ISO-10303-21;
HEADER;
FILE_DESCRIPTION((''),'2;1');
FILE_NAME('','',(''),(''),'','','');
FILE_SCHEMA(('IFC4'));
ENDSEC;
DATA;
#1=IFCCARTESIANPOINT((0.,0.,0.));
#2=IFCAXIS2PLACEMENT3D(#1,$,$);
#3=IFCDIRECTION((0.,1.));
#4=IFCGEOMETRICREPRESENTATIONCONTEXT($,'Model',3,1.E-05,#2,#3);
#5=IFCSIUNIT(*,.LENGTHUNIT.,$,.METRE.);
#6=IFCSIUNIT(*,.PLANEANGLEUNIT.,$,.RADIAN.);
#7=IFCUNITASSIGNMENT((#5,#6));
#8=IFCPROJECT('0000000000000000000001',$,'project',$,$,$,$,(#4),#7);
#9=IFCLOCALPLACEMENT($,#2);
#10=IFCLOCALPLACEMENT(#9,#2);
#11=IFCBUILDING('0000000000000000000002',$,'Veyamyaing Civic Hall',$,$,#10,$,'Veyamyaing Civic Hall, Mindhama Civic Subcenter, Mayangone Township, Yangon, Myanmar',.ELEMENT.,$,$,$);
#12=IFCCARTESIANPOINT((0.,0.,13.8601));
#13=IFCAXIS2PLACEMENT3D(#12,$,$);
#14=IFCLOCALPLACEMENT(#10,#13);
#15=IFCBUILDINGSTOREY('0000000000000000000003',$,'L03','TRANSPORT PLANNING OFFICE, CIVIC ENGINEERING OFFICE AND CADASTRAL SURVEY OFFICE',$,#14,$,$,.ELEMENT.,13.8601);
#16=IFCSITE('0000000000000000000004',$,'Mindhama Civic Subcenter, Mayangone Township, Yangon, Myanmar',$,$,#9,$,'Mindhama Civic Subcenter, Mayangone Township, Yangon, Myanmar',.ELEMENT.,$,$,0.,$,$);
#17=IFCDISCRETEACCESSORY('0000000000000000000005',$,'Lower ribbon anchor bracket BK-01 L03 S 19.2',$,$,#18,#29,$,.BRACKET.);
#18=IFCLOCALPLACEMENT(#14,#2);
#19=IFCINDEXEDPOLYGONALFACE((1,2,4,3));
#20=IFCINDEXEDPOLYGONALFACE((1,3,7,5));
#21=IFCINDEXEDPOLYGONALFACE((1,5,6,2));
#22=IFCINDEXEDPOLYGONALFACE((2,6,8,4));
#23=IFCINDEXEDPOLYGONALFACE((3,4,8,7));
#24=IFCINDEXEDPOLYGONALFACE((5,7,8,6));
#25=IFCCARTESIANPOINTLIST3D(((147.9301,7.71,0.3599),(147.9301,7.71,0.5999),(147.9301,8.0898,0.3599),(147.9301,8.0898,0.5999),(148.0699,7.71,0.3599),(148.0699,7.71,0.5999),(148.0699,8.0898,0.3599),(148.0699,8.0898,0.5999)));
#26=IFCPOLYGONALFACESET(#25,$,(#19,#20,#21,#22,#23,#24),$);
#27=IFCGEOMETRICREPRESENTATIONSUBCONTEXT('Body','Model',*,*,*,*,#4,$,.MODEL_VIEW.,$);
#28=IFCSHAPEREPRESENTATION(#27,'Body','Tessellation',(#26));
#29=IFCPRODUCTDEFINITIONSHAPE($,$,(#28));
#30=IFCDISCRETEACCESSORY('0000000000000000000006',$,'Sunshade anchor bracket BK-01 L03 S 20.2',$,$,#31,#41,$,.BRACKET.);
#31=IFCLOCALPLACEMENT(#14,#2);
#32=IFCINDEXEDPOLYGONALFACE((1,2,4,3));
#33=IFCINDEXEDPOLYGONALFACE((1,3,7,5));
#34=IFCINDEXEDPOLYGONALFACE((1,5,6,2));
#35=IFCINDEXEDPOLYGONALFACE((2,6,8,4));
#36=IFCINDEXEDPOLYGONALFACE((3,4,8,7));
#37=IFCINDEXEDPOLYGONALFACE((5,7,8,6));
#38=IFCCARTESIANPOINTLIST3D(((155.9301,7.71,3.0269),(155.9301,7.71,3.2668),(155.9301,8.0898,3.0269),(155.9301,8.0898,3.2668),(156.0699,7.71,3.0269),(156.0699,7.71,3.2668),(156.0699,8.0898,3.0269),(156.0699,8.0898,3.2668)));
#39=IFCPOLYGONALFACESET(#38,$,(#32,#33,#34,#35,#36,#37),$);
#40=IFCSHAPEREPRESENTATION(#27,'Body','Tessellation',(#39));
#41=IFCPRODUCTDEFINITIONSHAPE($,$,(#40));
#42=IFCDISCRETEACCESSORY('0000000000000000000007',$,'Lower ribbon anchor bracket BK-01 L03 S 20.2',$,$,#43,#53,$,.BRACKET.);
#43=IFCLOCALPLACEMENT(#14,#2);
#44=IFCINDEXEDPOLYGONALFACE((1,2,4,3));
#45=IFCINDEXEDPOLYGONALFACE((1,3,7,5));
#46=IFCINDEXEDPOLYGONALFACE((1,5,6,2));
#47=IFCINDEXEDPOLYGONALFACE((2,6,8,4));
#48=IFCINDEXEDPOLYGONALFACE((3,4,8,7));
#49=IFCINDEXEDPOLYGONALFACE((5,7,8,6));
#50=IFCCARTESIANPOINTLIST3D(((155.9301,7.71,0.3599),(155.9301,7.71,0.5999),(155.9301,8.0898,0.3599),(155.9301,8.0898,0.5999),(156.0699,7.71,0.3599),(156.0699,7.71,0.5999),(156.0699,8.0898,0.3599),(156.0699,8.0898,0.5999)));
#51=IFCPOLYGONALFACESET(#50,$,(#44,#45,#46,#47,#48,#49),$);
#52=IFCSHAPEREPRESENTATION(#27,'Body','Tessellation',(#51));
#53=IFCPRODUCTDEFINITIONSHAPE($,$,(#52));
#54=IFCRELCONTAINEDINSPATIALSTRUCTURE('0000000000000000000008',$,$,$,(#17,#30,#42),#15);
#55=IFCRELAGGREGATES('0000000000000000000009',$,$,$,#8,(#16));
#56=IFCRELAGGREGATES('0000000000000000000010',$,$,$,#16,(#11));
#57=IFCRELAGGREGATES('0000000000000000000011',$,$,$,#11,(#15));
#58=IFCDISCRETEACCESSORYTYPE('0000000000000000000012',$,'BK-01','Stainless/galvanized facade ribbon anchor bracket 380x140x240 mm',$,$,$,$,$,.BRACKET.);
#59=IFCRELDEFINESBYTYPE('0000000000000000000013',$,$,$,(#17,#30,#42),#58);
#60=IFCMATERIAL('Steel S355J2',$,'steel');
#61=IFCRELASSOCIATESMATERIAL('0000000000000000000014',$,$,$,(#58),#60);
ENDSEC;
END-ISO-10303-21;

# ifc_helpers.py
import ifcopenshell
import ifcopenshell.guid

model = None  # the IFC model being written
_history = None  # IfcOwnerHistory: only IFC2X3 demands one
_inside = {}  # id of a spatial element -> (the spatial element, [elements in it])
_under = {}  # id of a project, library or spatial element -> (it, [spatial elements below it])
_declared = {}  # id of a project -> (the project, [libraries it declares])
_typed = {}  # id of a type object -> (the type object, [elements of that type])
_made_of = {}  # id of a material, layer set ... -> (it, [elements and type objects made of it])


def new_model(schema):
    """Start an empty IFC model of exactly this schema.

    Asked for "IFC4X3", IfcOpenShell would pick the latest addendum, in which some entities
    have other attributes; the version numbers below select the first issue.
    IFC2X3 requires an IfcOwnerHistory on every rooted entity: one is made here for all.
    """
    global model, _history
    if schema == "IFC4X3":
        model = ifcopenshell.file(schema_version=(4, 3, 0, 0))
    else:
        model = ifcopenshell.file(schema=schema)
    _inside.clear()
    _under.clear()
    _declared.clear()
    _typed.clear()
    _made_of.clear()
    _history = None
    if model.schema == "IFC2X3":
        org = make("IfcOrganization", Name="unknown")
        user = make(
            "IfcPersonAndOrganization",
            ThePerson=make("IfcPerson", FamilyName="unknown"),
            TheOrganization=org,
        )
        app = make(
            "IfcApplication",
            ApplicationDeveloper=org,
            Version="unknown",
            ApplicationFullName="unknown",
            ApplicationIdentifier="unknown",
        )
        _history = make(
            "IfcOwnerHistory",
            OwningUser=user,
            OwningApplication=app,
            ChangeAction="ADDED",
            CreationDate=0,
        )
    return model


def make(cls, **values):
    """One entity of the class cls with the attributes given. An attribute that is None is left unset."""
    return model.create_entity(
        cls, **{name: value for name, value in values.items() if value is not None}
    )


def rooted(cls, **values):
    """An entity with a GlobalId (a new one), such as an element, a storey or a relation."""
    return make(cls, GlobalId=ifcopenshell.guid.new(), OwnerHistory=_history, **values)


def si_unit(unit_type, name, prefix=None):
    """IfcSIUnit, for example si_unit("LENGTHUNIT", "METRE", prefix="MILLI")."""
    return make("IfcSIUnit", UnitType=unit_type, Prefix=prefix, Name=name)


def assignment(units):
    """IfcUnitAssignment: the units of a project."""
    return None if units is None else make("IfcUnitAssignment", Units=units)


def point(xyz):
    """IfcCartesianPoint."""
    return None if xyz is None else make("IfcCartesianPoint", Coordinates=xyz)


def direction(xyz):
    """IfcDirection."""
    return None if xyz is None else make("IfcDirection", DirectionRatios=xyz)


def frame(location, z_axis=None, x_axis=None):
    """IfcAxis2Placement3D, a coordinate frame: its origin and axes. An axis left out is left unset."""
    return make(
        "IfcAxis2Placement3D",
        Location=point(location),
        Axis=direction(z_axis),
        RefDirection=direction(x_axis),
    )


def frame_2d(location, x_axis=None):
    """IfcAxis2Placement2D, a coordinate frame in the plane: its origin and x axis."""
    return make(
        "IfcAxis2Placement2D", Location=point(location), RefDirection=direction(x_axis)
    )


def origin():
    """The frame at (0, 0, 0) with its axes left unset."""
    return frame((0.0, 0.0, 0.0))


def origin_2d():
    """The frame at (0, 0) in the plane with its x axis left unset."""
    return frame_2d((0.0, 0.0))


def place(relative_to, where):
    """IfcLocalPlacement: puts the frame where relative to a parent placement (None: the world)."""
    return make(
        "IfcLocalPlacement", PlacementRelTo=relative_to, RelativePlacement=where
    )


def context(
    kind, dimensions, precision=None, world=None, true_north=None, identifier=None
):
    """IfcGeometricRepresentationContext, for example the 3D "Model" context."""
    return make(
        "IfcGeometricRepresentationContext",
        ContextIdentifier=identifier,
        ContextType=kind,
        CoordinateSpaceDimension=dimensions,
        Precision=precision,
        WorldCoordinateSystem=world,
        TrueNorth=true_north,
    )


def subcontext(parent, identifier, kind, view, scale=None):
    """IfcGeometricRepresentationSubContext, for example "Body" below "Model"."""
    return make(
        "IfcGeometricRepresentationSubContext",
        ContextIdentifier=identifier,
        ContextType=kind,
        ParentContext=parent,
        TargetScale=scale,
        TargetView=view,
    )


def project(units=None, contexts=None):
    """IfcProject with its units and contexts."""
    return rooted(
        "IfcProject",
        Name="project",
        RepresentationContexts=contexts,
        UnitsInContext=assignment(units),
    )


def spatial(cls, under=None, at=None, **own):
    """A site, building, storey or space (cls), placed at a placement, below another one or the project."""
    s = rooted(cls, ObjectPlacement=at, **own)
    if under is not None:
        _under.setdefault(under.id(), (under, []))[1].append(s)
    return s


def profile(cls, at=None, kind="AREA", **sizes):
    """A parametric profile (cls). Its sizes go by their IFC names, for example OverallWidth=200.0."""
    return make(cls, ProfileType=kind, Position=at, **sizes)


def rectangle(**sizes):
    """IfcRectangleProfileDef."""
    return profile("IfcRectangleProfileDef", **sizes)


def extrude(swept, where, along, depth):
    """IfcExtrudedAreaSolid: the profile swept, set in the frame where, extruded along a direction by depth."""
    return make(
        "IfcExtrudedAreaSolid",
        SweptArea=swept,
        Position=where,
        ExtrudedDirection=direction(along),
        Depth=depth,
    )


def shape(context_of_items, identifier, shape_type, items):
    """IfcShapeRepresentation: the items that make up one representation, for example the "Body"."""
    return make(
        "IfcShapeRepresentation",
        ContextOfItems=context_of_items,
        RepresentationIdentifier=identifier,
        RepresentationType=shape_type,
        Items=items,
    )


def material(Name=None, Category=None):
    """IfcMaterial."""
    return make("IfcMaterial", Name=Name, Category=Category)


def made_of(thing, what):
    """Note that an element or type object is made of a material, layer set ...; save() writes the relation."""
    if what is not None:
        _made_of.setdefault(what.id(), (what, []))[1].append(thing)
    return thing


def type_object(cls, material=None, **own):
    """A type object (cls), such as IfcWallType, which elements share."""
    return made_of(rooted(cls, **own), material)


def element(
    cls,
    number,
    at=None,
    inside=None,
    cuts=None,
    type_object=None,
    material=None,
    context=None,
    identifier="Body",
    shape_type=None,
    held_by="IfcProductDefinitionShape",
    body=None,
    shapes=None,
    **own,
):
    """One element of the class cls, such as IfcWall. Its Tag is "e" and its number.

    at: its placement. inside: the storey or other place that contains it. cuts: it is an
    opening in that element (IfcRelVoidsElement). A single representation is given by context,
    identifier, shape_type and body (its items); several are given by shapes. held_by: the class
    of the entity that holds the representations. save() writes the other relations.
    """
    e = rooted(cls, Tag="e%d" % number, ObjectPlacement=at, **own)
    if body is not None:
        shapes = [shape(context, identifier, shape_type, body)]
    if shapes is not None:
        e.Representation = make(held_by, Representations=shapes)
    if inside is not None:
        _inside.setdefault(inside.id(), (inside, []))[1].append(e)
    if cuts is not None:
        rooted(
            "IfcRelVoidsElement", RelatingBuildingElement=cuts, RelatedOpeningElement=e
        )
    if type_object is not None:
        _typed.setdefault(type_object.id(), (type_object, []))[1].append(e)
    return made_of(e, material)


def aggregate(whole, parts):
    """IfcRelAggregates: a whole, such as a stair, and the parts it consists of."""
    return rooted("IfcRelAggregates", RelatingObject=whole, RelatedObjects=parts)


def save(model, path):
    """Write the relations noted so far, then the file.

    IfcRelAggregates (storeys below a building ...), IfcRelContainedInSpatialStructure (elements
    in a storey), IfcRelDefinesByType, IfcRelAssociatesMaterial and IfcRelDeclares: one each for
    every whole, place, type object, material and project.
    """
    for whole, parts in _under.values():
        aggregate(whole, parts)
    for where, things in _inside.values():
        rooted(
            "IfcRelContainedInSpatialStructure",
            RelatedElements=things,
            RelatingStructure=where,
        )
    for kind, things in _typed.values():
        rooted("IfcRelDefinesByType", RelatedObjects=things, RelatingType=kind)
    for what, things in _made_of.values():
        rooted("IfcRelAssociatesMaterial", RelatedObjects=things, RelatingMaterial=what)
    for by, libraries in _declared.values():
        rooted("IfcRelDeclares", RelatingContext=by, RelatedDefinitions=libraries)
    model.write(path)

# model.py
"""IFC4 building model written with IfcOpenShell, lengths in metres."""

from ifc_helpers import new_model, si_unit, direction, frame, origin, origin_2d, place, context, subcontext, project, spatial, rectangle, extrude, material, type_object, element, save


model = new_model("IFC4")

# Units and contexts
model_context = context("Model", 3, precision=1e-05, world=origin(), true_north=direction((0.0, 1.0)))
body_context = subcontext(model_context, "Body", "Model", "MODEL_VIEW")
ifc_project = project(units=[si_unit("LENGTHUNIT", "METRE"), si_unit("PLANEANGLEUNIT", "RADIAN")], contexts=[model_context])

# Site, building, storey
site_placement = place(None, origin())
site = spatial("IfcSite", under=ifc_project, at=site_placement, Name="Mindhama Civic Subcenter, Mayangone Township, Yangon, Myanmar", LongName="Mindhama Civic Subcenter, Mayangone Township, Yangon, Myanmar", CompositionType="ELEMENT", RefElevation=0.0)
building_placement = place(site_placement, origin())
building = spatial("IfcBuilding", under=site, at=building_placement, Name="Veyamyaing Civic Hall", LongName="Veyamyaing Civic Hall, Mindhama Civic Subcenter, Mayangone Township, Yangon, Myanmar", CompositionType="ELEMENT")
storey_placement = place(building_placement, frame((0.0, 0.0, 13.8601)))
storey = spatial("IfcBuildingStorey", under=building, at=storey_placement, Name="L03", Description="TRANSPORT PLANNING OFFICE, CIVIC ENGINEERING OFFICE AND CADASTRAL SURVEY OFFICE", CompositionType="ELEMENT", Elevation=13.8601)

# Discrete accessories
ifc_material_1 = material(Name="Steel S355J2", Category="steel")
discrete_accessory_type = type_object("IfcDiscreteAccessoryType", Name="BK-01", Description="Stainless/galvanized facade ribbon anchor bracket 380x140x240 mm", PredefinedType="BRACKET", material=ifc_material_1)
for number, where, z_axis, x_axis, name in (
    (1, (148.0, 7.8999, 0.3599), (0.0, 0.0, 1.0), (0.0, -1.0, 0.0), "Lower ribbon anchor bracket BK-01 L03 S 19.2"),
    (2, (156.0, 7.8999, 3.0269), (0.0, 0.0, 1.0), (0.0, -1.0, 0.0), "Sunshade anchor bracket BK-01 L03 S 20.2"),
    (3, (156.0, 7.8999, 0.3599), (0.0, 0.0, 1.0), (0.0, -1.0, 0.0), "Lower ribbon anchor bracket BK-01 L03 S 20.2"),
):
    element("IfcDiscreteAccessory", number, at=place(storey_placement, frame(where, z_axis=z_axis, x_axis=x_axis)), inside=storey, type_object=discrete_accessory_type, Name=name, PredefinedType="BRACKET", context=body_context, shape_type="SweptSolid", body=[
        extrude(rectangle(XDim=0.3799, YDim=0.1399, at=origin_2d()), origin(), (0.0, 0.0, 1.0), 0.24),
    ])

save(model, "model.ifc")
